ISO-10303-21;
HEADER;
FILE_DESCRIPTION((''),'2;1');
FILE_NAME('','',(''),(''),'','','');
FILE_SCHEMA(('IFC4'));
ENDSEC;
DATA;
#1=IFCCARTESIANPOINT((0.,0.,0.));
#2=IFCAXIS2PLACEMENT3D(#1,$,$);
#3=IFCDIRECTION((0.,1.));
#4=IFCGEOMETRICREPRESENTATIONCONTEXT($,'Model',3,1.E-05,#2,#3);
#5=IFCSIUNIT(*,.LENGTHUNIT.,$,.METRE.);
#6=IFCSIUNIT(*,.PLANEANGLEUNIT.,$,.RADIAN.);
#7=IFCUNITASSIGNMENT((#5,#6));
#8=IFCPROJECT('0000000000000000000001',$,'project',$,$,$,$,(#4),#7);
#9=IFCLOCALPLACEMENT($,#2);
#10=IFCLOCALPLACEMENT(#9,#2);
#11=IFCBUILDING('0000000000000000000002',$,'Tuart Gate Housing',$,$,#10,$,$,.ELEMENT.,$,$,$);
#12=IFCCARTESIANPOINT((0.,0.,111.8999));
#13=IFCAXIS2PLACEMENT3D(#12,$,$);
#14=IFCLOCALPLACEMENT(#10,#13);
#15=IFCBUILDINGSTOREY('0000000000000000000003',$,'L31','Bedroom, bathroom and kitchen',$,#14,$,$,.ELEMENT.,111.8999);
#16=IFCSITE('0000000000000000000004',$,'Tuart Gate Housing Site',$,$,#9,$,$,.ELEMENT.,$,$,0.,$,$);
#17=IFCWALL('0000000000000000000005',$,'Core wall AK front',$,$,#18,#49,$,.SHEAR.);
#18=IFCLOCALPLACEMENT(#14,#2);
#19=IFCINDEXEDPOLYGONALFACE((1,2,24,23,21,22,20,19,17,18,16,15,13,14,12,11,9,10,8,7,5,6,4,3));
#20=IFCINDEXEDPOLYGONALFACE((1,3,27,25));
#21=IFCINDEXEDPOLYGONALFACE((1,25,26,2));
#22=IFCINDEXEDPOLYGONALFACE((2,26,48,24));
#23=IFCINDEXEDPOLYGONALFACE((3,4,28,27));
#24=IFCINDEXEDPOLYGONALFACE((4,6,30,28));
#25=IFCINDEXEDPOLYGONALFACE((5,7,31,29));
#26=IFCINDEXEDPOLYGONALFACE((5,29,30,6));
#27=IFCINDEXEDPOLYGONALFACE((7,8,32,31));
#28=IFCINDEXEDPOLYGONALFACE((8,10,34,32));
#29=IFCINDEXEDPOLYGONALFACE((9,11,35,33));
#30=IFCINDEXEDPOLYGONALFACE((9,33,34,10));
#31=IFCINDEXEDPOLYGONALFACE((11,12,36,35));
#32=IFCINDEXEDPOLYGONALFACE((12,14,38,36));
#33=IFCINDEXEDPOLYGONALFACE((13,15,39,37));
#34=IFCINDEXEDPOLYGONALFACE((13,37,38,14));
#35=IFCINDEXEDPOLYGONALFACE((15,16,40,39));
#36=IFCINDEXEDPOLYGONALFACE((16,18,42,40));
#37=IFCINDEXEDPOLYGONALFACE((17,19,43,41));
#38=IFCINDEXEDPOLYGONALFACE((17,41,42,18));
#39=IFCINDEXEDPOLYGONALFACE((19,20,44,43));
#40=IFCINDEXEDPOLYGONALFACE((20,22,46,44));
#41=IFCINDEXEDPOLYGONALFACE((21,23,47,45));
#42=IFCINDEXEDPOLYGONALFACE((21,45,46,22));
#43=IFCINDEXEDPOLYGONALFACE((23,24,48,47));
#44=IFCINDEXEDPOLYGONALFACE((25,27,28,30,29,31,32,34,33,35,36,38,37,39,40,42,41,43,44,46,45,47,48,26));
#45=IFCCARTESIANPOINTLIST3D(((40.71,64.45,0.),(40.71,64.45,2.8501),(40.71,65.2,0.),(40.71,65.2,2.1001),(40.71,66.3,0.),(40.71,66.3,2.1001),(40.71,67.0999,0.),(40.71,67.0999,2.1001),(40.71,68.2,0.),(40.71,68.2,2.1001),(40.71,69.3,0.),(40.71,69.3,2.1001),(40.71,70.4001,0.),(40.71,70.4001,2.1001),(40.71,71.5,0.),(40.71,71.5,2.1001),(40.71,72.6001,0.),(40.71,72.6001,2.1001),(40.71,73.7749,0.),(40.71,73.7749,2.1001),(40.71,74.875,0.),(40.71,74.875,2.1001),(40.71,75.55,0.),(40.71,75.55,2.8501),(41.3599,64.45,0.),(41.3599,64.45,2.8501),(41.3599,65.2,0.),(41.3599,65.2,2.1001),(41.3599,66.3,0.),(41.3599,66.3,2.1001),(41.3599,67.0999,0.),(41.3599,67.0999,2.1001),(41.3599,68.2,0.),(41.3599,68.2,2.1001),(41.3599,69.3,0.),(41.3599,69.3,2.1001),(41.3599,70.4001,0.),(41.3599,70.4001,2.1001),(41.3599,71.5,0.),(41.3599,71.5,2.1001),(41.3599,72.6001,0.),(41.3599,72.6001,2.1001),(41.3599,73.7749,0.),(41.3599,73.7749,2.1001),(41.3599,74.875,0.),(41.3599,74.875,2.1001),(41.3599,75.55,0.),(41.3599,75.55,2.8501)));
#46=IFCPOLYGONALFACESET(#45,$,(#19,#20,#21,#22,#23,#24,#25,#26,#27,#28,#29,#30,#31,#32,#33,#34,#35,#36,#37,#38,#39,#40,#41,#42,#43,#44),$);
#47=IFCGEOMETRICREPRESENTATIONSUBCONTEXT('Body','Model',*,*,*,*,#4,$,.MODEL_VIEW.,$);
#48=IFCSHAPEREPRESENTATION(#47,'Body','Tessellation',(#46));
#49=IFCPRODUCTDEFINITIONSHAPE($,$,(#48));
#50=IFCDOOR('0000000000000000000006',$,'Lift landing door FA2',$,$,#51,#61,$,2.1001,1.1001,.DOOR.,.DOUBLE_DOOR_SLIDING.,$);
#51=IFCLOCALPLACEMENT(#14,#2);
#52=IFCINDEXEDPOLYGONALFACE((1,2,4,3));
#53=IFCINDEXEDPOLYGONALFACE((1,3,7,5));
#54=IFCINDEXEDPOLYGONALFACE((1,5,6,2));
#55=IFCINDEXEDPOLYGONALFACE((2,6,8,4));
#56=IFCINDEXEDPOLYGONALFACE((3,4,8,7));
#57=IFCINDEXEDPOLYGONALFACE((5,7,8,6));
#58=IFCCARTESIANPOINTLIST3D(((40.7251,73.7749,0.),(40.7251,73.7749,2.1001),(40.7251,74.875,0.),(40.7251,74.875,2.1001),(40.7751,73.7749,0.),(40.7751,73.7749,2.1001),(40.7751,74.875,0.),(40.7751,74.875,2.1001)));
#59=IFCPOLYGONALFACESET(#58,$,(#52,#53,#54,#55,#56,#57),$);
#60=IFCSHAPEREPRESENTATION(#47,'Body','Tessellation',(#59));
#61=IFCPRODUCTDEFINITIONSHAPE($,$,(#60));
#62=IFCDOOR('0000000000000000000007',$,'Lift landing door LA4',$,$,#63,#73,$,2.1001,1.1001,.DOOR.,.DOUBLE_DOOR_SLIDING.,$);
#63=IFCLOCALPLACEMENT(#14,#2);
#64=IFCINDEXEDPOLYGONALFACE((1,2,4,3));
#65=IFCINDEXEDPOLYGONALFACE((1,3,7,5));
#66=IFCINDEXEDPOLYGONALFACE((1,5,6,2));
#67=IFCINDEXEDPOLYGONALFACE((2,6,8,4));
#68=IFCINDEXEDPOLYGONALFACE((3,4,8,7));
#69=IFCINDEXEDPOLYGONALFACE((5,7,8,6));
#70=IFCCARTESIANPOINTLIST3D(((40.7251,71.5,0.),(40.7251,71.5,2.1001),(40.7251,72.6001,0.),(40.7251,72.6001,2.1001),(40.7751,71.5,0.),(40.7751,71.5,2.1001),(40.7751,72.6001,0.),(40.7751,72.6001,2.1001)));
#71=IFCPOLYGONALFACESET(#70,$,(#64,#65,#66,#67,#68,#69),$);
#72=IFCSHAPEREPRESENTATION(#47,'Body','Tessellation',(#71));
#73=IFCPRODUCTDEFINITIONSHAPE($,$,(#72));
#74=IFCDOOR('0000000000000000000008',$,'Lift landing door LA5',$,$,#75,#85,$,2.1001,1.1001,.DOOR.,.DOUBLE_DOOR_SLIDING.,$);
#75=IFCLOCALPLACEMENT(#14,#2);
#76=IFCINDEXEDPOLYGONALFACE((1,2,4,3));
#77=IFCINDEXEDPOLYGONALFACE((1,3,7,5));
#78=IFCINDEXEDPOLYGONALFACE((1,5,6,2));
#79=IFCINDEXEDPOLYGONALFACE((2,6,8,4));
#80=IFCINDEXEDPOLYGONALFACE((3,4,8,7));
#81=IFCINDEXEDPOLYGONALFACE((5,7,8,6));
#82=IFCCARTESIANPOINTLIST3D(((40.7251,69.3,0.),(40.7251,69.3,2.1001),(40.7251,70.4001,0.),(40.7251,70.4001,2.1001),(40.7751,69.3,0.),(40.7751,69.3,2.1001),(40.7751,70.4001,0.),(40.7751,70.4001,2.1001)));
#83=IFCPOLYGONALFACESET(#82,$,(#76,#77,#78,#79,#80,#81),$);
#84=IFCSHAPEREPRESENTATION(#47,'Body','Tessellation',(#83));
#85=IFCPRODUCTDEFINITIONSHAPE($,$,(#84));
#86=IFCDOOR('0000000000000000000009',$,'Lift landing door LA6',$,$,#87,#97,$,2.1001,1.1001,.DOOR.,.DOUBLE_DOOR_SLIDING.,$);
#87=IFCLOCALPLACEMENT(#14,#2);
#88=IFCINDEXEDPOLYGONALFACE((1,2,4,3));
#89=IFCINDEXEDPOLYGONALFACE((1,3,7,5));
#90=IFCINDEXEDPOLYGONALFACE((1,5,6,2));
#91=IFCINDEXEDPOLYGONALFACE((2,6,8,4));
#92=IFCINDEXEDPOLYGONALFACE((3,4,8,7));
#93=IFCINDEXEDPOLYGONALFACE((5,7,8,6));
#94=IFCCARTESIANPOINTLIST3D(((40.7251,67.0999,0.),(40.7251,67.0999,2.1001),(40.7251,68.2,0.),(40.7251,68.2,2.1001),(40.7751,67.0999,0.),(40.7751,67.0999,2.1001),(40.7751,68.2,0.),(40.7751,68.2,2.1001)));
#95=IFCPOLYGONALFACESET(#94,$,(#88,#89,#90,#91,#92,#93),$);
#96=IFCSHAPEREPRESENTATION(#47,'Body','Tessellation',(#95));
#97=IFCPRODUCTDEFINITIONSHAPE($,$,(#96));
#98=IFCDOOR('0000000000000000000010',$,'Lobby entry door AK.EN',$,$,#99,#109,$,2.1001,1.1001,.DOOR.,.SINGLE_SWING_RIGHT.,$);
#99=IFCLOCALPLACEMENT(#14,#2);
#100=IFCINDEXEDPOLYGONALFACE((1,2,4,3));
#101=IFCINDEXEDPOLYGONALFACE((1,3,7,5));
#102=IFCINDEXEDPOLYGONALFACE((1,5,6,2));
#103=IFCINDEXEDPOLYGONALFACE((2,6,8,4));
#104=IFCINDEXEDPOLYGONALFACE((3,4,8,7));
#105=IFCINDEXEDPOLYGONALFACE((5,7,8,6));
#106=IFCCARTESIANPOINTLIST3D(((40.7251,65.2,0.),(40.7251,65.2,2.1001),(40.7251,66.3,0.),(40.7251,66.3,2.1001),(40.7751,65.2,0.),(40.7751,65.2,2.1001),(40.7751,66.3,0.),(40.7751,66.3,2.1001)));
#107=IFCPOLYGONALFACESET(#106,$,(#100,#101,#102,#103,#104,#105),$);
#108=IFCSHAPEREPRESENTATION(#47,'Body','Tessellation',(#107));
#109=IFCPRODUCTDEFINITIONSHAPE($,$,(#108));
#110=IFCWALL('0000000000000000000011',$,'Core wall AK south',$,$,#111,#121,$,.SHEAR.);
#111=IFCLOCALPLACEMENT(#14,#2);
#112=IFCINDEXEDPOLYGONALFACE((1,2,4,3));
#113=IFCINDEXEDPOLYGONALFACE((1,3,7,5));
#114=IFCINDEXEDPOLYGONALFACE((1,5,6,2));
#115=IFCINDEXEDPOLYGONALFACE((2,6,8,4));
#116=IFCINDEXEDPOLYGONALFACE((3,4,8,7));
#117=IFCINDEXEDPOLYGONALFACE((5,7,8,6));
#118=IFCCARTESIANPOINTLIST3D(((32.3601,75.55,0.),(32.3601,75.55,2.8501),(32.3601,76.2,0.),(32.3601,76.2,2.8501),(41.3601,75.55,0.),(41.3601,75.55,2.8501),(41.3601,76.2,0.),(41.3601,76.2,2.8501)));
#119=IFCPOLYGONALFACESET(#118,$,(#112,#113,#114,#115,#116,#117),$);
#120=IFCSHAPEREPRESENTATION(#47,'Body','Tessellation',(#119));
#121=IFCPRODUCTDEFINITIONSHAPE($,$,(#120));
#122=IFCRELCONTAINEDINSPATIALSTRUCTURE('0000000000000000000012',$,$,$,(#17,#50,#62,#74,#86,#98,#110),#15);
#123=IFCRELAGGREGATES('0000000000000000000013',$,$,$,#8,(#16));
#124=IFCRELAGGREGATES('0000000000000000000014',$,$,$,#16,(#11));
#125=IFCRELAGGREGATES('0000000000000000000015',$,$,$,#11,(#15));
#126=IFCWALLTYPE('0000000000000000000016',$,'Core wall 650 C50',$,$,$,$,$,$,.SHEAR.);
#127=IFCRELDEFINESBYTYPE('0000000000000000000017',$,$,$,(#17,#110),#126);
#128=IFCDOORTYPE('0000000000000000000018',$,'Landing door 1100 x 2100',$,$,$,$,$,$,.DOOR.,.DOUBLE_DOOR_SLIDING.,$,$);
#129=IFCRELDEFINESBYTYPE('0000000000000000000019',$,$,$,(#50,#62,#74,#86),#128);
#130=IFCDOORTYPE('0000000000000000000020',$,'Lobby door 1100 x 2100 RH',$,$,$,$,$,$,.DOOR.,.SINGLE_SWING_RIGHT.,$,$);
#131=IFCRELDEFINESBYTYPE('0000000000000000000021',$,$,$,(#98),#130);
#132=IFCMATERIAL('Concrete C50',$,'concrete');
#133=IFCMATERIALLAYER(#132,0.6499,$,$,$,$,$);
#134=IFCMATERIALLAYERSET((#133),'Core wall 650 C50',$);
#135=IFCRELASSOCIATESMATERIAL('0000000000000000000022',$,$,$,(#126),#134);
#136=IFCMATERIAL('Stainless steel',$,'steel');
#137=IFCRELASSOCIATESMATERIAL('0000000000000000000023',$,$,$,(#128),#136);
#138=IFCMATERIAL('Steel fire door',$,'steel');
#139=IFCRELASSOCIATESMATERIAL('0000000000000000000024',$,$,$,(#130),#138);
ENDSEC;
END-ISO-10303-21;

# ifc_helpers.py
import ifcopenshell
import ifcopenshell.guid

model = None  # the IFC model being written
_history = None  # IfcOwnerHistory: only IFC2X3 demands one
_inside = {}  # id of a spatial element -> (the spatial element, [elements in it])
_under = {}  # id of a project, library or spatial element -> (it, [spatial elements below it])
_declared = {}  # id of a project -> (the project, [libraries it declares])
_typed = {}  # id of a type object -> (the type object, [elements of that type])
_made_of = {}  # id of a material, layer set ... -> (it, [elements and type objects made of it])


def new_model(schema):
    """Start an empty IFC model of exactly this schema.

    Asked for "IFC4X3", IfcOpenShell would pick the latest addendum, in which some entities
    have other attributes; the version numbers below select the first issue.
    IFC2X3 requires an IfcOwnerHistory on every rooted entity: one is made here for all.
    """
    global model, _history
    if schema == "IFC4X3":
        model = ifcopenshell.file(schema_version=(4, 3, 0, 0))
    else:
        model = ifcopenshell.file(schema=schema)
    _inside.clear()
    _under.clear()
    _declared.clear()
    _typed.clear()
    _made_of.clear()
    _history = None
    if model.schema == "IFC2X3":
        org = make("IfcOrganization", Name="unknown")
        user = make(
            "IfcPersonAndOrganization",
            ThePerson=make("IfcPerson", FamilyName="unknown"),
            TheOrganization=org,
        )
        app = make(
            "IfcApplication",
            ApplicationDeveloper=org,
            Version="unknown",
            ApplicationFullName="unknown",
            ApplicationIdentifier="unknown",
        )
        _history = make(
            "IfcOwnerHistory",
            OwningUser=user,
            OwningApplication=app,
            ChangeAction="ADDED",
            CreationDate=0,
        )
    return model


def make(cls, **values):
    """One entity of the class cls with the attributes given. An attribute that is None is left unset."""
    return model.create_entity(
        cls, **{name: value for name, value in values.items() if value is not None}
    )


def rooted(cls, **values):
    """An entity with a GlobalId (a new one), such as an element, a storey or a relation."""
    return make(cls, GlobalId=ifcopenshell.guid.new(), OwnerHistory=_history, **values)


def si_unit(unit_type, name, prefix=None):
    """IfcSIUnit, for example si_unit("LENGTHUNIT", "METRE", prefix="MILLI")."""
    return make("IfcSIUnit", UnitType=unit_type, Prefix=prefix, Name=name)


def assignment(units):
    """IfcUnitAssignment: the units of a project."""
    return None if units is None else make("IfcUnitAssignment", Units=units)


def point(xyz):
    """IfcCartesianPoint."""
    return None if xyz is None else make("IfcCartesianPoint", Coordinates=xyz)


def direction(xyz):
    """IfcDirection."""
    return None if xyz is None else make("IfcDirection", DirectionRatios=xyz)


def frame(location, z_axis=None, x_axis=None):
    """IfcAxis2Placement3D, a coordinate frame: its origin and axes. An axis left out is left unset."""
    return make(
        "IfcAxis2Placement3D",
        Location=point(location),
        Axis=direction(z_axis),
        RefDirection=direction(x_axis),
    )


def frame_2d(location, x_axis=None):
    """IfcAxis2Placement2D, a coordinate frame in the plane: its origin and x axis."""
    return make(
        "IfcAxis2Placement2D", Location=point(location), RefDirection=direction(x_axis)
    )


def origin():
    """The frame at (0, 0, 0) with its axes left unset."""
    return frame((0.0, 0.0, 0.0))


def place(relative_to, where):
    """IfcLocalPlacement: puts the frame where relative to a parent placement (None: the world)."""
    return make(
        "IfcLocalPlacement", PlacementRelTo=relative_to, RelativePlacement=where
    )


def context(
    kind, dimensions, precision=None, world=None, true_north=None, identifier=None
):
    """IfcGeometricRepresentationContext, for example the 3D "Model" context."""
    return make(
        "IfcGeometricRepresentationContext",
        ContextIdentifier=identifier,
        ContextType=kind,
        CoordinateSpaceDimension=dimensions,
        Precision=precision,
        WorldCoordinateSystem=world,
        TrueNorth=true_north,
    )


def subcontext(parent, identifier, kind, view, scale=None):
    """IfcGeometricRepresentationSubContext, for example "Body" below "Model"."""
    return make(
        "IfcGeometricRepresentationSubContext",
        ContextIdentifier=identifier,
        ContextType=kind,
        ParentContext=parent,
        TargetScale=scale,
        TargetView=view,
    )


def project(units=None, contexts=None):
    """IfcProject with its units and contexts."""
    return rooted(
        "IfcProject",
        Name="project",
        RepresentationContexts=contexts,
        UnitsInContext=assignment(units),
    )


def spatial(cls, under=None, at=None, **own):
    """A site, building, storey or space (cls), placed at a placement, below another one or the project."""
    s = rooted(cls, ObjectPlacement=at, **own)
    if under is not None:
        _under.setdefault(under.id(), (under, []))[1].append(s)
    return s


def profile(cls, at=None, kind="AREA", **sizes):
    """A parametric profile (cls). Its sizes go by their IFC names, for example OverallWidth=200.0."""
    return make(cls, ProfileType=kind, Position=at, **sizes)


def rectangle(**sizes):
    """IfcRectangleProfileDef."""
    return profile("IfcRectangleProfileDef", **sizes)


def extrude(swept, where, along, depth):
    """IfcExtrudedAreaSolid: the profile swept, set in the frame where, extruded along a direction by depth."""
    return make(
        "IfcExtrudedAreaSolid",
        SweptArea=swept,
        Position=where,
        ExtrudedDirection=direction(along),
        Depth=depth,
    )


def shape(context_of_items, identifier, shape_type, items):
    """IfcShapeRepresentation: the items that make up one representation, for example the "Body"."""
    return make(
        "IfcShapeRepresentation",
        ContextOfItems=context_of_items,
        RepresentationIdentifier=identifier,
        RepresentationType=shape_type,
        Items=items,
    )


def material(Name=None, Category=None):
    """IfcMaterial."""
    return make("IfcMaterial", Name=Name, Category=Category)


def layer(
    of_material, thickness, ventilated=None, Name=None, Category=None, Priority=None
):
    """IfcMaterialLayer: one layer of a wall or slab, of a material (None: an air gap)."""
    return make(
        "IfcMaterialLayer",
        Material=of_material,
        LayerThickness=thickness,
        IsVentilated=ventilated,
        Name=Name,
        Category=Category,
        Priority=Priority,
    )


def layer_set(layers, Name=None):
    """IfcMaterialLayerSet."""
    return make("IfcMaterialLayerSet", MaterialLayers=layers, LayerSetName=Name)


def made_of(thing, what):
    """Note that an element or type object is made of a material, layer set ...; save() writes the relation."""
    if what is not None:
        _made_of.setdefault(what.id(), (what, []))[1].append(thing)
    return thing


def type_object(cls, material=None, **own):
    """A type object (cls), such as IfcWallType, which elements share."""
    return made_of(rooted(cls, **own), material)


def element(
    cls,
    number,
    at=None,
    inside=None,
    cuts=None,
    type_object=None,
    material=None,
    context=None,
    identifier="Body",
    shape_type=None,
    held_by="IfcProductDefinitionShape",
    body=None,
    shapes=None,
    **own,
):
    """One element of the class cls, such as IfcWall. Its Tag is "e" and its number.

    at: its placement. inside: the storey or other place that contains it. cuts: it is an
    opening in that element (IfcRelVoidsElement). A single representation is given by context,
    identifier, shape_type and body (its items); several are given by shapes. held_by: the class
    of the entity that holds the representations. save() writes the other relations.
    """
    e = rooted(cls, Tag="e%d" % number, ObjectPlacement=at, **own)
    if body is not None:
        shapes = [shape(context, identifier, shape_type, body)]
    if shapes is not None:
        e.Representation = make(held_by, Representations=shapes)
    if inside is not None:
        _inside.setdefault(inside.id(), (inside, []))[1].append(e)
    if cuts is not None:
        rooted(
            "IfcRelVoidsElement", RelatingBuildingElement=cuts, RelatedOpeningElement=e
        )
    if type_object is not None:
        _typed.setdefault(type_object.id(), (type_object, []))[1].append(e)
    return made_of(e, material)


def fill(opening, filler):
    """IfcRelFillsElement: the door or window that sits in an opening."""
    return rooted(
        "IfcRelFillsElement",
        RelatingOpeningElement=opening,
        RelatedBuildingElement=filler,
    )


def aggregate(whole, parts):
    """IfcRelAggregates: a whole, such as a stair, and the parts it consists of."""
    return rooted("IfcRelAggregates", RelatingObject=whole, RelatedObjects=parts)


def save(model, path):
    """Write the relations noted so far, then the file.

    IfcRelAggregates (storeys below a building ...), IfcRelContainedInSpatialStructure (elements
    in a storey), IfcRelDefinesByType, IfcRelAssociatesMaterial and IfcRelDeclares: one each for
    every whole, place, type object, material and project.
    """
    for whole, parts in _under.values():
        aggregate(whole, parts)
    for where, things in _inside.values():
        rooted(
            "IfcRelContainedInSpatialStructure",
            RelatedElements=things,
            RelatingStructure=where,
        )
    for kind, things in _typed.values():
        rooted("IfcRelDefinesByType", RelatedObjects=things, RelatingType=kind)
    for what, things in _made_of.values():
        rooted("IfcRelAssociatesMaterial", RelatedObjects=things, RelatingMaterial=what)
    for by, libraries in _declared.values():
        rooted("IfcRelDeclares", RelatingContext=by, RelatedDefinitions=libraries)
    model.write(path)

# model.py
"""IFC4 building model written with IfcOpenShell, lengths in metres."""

from ifc_helpers import new_model, si_unit, direction, frame, frame_2d, origin, place, context, subcontext, project, spatial, rectangle, extrude, material, layer, layer_set, type_object, element, fill, save


model = new_model("IFC4")

# Units and contexts
model_context = context("Model", 3, precision=1e-05, world=origin(), true_north=direction((0.0, 1.0)))
body_context = subcontext(model_context, "Body", "Model", "MODEL_VIEW")
ifc_project = project(units=[si_unit("LENGTHUNIT", "METRE"), si_unit("PLANEANGLEUNIT", "RADIAN")], contexts=[model_context])

# Site, building, storey
site_placement = place(None, origin())
site = spatial("IfcSite", under=ifc_project, at=site_placement, Name="Tuart Gate Housing Site", CompositionType="ELEMENT", RefElevation=0.0)
building_placement = place(site_placement, origin())
building = spatial("IfcBuilding", under=site, at=building_placement, Name="Tuart Gate Housing", CompositionType="ELEMENT")
storey_placement = place(building_placement, frame((0.0, 0.0, 111.8999)))
storey = spatial("IfcBuildingStorey", under=building, at=storey_placement, Name="L31", Description="Bedroom, bathroom and kitchen", CompositionType="ELEMENT", Elevation=111.8999)

# Wall, openings, doors
ifc_material_1 = material(Name="Concrete C50", Category="concrete")
ifc_layer_1 = layer(ifc_material_1, 0.6499)
ifc_layer_set_1 = layer_set([ifc_layer_1], Name="Core wall 650 C50")
wall_type_1 = type_object("IfcWallType", Name="Core wall 650 C50", PredefinedType="SHEAR", material=ifc_layer_set_1)
wall_1_placement = place(storey_placement, frame((41.0349, 75.55, 0.0), z_axis=(0.0, 0.0, 1.0), x_axis=(0.0, -1.0, 0.0)))
wall_1 = element("IfcWall", 1, at=wall_1_placement, inside=storey, type_object=wall_type_1, Name="Core wall AK front", PredefinedType="SHEAR", context=body_context, shape_type="SweptSolid", body=[
    extrude(rectangle(XDim=11.1001, YDim=0.6499, at=frame_2d((5.55, 0.0))), origin(), (0.0, 0.0, 1.0), 2.8501),
])
opening_1_placement = place(wall_1_placement, frame((0.675, 0.0, 0.0)))
opening_1 = element("IfcOpeningElement", 2, at=opening_1_placement, cuts=wall_1, PredefinedType="OPENING", context=body_context, shape_type="SweptSolid", body=[
    extrude(rectangle(XDim=1.1001, YDim=2.1001, at=frame_2d((0.55, 1.05))), frame((0.0, 0.335, 0.0), z_axis=(0.0, -1.0, 0.0), x_axis=(1.0, 0.0, 0.0)), (0.0, 0.0, 1.0), 0.6699),
])
opening_2_placement = place(wall_1_placement, frame((2.95, 0.0, 0.0)))
opening_2 = element("IfcOpeningElement", 3, at=opening_2_placement, cuts=wall_1, PredefinedType="OPENING", context=body_context, shape_type="SweptSolid", body=[
    extrude(rectangle(XDim=1.1001, YDim=2.1001, at=frame_2d((0.55, 1.05))), frame((0.0, 0.335, 0.0), z_axis=(0.0, -1.0, 0.0), x_axis=(1.0, 0.0, 0.0)), (0.0, 0.0, 1.0), 0.6699),
])
opening_3_placement = place(wall_1_placement, frame((5.1499, 0.0, 0.0)))
opening_3 = element("IfcOpeningElement", 4, at=opening_3_placement, cuts=wall_1, PredefinedType="OPENING", context=body_context, shape_type="SweptSolid", body=[
    extrude(rectangle(XDim=1.1001, YDim=2.1001, at=frame_2d((0.55, 1.05))), frame((0.0, 0.335, 0.0), z_axis=(0.0, -1.0, 0.0), x_axis=(1.0, 0.0, 0.0)), (0.0, 0.0, 1.0), 0.6699),
])
opening_4_placement = place(wall_1_placement, frame((7.3501, 0.0, 0.0)))
opening_4 = element("IfcOpeningElement", 5, at=opening_4_placement, cuts=wall_1, PredefinedType="OPENING", context=body_context, shape_type="SweptSolid", body=[
    extrude(rectangle(XDim=1.1001, YDim=2.1001, at=frame_2d((0.55, 1.05))), frame((0.0, 0.335, 0.0), z_axis=(0.0, -1.0, 0.0), x_axis=(1.0, 0.0, 0.0)), (0.0, 0.0, 1.0), 0.6699),
])
opening_5_placement = place(wall_1_placement, frame((9.25, 0.0, 0.0)))
opening_5 = element("IfcOpeningElement", 6, at=opening_5_placement, cuts=wall_1, PredefinedType="OPENING", context=body_context, shape_type="SweptSolid", body=[
    extrude(rectangle(XDim=1.1001, YDim=2.1001, at=frame_2d((0.55, 1.05))), frame((0.0, 0.335, 0.0), z_axis=(0.0, -1.0, 0.0), x_axis=(1.0, 0.0, 0.0)), (0.0, 0.0, 1.0), 0.6699),
])
ifc_material_2 = material(Name="Stainless steel", Category="steel")
door_type_1 = type_object("IfcDoorType", Name="Landing door 1100 x 2100", OperationType="DOUBLE_DOOR_SLIDING", PredefinedType="DOOR", material=ifc_material_2)
door_1_placement = place(opening_1_placement, origin())
door_1 = element("IfcDoor", 7, at=door_1_placement, inside=storey, type_object=door_type_1, Name="Lift landing door FA2", OperationType="DOUBLE_DOOR_SLIDING", OverallHeight=2.1001, OverallWidth=1.1001, PredefinedType="DOOR", context=body_context, shape_type="SweptSolid", body=[
    extrude(rectangle(XDim=1.1001, YDim=2.1001, at=frame_2d((0.55, 1.05))), frame((0.0, -0.2598, 0.0), z_axis=(0.0, -1.0, 0.0), x_axis=(1.0, 0.0, 0.0)), (0.0, 0.0, 1.0), 0.05),
])
fill(opening_1, door_1)
door_2_placement = place(opening_2_placement, origin())
door_2 = element("IfcDoor", 8, at=door_2_placement, inside=storey, type_object=door_type_1, Name="Lift landing door LA4", OperationType="DOUBLE_DOOR_SLIDING", OverallHeight=2.1001, OverallWidth=1.1001, PredefinedType="DOOR", context=body_context, shape_type="SweptSolid", body=[
    extrude(rectangle(XDim=1.1001, YDim=2.1001, at=frame_2d((0.55, 1.05))), frame((0.0, -0.2598, 0.0), z_axis=(0.0, -1.0, 0.0), x_axis=(1.0, 0.0, 0.0)), (0.0, 0.0, 1.0), 0.05),
])
fill(opening_2, door_2)
door_3_placement = place(opening_3_placement, origin())
door_3 = element("IfcDoor", 9, at=door_3_placement, inside=storey, type_object=door_type_1, Name="Lift landing door LA5", OperationType="DOUBLE_DOOR_SLIDING", OverallHeight=2.1001, OverallWidth=1.1001, PredefinedType="DOOR", context=body_context, shape_type="SweptSolid", body=[
    extrude(rectangle(XDim=1.1001, YDim=2.1001, at=frame_2d((0.55, 1.05))), frame((0.0, -0.2598, 0.0), z_axis=(0.0, -1.0, 0.0), x_axis=(1.0, 0.0, 0.0)), (0.0, 0.0, 1.0), 0.05),
])
fill(opening_3, door_3)
door_4_placement = place(opening_4_placement, origin())
door_4 = element("IfcDoor", 10, at=door_4_placement, inside=storey, type_object=door_type_1, Name="Lift landing door LA6", OperationType="DOUBLE_DOOR_SLIDING", OverallHeight=2.1001, OverallWidth=1.1001, PredefinedType="DOOR", context=body_context, shape_type="SweptSolid", body=[
    extrude(rectangle(XDim=1.1001, YDim=2.1001, at=frame_2d((0.55, 1.05))), frame((0.0, -0.2598, 0.0), z_axis=(0.0, -1.0, 0.0), x_axis=(1.0, 0.0, 0.0)), (0.0, 0.0, 1.0), 0.05),
])
fill(opening_4, door_4)
ifc_material_3 = material(Name="Steel fire door", Category="steel")
door_type_2 = type_object("IfcDoorType", Name="Lobby door 1100 x 2100 RH", OperationType="SINGLE_SWING_RIGHT", PredefinedType="DOOR", material=ifc_material_3)
door_5_placement = place(opening_5_placement, frame((1.1001, 0.0, 0.0), z_axis=(0.0, 0.0, 1.0), x_axis=(-1.0, 0.0, 0.0)))
door_5 = element("IfcDoor", 11, at=door_5_placement, inside=storey, type_object=door_type_2, Name="Lobby entry door AK.EN", OperationType="SINGLE_SWING_RIGHT", OverallHeight=2.1001, OverallWidth=1.1001, PredefinedType="DOOR", context=body_context, shape_type="SweptSolid", body=[
    extrude(rectangle(XDim=1.1001, YDim=2.1001, at=frame_2d((0.55, 1.05))), frame((0.0, 0.3098, 0.0), z_axis=(0.0, -1.0, 0.0), x_axis=(1.0, 0.0, 0.0)), (0.0, 0.0, 1.0), 0.05),
])
fill(opening_5, door_5)

# Wall
wall_2_placement = place(storey_placement, frame((41.3601, 75.875, 0.0), z_axis=(0.0, 0.0, 1.0), x_axis=(-1.0, 0.0, 0.0)))
element("IfcWall", 12, at=wall_2_placement, inside=storey, type_object=wall_type_1, Name="Core wall AK south", PredefinedType="SHEAR", context=body_context, shape_type="SweptSolid", body=[
    extrude(rectangle(XDim=9.0, YDim=0.6499, at=frame_2d((4.5, 0.0))), origin(), (0.0, 0.0, 1.0), 2.8501),
])

save(model, "model.ifc")
